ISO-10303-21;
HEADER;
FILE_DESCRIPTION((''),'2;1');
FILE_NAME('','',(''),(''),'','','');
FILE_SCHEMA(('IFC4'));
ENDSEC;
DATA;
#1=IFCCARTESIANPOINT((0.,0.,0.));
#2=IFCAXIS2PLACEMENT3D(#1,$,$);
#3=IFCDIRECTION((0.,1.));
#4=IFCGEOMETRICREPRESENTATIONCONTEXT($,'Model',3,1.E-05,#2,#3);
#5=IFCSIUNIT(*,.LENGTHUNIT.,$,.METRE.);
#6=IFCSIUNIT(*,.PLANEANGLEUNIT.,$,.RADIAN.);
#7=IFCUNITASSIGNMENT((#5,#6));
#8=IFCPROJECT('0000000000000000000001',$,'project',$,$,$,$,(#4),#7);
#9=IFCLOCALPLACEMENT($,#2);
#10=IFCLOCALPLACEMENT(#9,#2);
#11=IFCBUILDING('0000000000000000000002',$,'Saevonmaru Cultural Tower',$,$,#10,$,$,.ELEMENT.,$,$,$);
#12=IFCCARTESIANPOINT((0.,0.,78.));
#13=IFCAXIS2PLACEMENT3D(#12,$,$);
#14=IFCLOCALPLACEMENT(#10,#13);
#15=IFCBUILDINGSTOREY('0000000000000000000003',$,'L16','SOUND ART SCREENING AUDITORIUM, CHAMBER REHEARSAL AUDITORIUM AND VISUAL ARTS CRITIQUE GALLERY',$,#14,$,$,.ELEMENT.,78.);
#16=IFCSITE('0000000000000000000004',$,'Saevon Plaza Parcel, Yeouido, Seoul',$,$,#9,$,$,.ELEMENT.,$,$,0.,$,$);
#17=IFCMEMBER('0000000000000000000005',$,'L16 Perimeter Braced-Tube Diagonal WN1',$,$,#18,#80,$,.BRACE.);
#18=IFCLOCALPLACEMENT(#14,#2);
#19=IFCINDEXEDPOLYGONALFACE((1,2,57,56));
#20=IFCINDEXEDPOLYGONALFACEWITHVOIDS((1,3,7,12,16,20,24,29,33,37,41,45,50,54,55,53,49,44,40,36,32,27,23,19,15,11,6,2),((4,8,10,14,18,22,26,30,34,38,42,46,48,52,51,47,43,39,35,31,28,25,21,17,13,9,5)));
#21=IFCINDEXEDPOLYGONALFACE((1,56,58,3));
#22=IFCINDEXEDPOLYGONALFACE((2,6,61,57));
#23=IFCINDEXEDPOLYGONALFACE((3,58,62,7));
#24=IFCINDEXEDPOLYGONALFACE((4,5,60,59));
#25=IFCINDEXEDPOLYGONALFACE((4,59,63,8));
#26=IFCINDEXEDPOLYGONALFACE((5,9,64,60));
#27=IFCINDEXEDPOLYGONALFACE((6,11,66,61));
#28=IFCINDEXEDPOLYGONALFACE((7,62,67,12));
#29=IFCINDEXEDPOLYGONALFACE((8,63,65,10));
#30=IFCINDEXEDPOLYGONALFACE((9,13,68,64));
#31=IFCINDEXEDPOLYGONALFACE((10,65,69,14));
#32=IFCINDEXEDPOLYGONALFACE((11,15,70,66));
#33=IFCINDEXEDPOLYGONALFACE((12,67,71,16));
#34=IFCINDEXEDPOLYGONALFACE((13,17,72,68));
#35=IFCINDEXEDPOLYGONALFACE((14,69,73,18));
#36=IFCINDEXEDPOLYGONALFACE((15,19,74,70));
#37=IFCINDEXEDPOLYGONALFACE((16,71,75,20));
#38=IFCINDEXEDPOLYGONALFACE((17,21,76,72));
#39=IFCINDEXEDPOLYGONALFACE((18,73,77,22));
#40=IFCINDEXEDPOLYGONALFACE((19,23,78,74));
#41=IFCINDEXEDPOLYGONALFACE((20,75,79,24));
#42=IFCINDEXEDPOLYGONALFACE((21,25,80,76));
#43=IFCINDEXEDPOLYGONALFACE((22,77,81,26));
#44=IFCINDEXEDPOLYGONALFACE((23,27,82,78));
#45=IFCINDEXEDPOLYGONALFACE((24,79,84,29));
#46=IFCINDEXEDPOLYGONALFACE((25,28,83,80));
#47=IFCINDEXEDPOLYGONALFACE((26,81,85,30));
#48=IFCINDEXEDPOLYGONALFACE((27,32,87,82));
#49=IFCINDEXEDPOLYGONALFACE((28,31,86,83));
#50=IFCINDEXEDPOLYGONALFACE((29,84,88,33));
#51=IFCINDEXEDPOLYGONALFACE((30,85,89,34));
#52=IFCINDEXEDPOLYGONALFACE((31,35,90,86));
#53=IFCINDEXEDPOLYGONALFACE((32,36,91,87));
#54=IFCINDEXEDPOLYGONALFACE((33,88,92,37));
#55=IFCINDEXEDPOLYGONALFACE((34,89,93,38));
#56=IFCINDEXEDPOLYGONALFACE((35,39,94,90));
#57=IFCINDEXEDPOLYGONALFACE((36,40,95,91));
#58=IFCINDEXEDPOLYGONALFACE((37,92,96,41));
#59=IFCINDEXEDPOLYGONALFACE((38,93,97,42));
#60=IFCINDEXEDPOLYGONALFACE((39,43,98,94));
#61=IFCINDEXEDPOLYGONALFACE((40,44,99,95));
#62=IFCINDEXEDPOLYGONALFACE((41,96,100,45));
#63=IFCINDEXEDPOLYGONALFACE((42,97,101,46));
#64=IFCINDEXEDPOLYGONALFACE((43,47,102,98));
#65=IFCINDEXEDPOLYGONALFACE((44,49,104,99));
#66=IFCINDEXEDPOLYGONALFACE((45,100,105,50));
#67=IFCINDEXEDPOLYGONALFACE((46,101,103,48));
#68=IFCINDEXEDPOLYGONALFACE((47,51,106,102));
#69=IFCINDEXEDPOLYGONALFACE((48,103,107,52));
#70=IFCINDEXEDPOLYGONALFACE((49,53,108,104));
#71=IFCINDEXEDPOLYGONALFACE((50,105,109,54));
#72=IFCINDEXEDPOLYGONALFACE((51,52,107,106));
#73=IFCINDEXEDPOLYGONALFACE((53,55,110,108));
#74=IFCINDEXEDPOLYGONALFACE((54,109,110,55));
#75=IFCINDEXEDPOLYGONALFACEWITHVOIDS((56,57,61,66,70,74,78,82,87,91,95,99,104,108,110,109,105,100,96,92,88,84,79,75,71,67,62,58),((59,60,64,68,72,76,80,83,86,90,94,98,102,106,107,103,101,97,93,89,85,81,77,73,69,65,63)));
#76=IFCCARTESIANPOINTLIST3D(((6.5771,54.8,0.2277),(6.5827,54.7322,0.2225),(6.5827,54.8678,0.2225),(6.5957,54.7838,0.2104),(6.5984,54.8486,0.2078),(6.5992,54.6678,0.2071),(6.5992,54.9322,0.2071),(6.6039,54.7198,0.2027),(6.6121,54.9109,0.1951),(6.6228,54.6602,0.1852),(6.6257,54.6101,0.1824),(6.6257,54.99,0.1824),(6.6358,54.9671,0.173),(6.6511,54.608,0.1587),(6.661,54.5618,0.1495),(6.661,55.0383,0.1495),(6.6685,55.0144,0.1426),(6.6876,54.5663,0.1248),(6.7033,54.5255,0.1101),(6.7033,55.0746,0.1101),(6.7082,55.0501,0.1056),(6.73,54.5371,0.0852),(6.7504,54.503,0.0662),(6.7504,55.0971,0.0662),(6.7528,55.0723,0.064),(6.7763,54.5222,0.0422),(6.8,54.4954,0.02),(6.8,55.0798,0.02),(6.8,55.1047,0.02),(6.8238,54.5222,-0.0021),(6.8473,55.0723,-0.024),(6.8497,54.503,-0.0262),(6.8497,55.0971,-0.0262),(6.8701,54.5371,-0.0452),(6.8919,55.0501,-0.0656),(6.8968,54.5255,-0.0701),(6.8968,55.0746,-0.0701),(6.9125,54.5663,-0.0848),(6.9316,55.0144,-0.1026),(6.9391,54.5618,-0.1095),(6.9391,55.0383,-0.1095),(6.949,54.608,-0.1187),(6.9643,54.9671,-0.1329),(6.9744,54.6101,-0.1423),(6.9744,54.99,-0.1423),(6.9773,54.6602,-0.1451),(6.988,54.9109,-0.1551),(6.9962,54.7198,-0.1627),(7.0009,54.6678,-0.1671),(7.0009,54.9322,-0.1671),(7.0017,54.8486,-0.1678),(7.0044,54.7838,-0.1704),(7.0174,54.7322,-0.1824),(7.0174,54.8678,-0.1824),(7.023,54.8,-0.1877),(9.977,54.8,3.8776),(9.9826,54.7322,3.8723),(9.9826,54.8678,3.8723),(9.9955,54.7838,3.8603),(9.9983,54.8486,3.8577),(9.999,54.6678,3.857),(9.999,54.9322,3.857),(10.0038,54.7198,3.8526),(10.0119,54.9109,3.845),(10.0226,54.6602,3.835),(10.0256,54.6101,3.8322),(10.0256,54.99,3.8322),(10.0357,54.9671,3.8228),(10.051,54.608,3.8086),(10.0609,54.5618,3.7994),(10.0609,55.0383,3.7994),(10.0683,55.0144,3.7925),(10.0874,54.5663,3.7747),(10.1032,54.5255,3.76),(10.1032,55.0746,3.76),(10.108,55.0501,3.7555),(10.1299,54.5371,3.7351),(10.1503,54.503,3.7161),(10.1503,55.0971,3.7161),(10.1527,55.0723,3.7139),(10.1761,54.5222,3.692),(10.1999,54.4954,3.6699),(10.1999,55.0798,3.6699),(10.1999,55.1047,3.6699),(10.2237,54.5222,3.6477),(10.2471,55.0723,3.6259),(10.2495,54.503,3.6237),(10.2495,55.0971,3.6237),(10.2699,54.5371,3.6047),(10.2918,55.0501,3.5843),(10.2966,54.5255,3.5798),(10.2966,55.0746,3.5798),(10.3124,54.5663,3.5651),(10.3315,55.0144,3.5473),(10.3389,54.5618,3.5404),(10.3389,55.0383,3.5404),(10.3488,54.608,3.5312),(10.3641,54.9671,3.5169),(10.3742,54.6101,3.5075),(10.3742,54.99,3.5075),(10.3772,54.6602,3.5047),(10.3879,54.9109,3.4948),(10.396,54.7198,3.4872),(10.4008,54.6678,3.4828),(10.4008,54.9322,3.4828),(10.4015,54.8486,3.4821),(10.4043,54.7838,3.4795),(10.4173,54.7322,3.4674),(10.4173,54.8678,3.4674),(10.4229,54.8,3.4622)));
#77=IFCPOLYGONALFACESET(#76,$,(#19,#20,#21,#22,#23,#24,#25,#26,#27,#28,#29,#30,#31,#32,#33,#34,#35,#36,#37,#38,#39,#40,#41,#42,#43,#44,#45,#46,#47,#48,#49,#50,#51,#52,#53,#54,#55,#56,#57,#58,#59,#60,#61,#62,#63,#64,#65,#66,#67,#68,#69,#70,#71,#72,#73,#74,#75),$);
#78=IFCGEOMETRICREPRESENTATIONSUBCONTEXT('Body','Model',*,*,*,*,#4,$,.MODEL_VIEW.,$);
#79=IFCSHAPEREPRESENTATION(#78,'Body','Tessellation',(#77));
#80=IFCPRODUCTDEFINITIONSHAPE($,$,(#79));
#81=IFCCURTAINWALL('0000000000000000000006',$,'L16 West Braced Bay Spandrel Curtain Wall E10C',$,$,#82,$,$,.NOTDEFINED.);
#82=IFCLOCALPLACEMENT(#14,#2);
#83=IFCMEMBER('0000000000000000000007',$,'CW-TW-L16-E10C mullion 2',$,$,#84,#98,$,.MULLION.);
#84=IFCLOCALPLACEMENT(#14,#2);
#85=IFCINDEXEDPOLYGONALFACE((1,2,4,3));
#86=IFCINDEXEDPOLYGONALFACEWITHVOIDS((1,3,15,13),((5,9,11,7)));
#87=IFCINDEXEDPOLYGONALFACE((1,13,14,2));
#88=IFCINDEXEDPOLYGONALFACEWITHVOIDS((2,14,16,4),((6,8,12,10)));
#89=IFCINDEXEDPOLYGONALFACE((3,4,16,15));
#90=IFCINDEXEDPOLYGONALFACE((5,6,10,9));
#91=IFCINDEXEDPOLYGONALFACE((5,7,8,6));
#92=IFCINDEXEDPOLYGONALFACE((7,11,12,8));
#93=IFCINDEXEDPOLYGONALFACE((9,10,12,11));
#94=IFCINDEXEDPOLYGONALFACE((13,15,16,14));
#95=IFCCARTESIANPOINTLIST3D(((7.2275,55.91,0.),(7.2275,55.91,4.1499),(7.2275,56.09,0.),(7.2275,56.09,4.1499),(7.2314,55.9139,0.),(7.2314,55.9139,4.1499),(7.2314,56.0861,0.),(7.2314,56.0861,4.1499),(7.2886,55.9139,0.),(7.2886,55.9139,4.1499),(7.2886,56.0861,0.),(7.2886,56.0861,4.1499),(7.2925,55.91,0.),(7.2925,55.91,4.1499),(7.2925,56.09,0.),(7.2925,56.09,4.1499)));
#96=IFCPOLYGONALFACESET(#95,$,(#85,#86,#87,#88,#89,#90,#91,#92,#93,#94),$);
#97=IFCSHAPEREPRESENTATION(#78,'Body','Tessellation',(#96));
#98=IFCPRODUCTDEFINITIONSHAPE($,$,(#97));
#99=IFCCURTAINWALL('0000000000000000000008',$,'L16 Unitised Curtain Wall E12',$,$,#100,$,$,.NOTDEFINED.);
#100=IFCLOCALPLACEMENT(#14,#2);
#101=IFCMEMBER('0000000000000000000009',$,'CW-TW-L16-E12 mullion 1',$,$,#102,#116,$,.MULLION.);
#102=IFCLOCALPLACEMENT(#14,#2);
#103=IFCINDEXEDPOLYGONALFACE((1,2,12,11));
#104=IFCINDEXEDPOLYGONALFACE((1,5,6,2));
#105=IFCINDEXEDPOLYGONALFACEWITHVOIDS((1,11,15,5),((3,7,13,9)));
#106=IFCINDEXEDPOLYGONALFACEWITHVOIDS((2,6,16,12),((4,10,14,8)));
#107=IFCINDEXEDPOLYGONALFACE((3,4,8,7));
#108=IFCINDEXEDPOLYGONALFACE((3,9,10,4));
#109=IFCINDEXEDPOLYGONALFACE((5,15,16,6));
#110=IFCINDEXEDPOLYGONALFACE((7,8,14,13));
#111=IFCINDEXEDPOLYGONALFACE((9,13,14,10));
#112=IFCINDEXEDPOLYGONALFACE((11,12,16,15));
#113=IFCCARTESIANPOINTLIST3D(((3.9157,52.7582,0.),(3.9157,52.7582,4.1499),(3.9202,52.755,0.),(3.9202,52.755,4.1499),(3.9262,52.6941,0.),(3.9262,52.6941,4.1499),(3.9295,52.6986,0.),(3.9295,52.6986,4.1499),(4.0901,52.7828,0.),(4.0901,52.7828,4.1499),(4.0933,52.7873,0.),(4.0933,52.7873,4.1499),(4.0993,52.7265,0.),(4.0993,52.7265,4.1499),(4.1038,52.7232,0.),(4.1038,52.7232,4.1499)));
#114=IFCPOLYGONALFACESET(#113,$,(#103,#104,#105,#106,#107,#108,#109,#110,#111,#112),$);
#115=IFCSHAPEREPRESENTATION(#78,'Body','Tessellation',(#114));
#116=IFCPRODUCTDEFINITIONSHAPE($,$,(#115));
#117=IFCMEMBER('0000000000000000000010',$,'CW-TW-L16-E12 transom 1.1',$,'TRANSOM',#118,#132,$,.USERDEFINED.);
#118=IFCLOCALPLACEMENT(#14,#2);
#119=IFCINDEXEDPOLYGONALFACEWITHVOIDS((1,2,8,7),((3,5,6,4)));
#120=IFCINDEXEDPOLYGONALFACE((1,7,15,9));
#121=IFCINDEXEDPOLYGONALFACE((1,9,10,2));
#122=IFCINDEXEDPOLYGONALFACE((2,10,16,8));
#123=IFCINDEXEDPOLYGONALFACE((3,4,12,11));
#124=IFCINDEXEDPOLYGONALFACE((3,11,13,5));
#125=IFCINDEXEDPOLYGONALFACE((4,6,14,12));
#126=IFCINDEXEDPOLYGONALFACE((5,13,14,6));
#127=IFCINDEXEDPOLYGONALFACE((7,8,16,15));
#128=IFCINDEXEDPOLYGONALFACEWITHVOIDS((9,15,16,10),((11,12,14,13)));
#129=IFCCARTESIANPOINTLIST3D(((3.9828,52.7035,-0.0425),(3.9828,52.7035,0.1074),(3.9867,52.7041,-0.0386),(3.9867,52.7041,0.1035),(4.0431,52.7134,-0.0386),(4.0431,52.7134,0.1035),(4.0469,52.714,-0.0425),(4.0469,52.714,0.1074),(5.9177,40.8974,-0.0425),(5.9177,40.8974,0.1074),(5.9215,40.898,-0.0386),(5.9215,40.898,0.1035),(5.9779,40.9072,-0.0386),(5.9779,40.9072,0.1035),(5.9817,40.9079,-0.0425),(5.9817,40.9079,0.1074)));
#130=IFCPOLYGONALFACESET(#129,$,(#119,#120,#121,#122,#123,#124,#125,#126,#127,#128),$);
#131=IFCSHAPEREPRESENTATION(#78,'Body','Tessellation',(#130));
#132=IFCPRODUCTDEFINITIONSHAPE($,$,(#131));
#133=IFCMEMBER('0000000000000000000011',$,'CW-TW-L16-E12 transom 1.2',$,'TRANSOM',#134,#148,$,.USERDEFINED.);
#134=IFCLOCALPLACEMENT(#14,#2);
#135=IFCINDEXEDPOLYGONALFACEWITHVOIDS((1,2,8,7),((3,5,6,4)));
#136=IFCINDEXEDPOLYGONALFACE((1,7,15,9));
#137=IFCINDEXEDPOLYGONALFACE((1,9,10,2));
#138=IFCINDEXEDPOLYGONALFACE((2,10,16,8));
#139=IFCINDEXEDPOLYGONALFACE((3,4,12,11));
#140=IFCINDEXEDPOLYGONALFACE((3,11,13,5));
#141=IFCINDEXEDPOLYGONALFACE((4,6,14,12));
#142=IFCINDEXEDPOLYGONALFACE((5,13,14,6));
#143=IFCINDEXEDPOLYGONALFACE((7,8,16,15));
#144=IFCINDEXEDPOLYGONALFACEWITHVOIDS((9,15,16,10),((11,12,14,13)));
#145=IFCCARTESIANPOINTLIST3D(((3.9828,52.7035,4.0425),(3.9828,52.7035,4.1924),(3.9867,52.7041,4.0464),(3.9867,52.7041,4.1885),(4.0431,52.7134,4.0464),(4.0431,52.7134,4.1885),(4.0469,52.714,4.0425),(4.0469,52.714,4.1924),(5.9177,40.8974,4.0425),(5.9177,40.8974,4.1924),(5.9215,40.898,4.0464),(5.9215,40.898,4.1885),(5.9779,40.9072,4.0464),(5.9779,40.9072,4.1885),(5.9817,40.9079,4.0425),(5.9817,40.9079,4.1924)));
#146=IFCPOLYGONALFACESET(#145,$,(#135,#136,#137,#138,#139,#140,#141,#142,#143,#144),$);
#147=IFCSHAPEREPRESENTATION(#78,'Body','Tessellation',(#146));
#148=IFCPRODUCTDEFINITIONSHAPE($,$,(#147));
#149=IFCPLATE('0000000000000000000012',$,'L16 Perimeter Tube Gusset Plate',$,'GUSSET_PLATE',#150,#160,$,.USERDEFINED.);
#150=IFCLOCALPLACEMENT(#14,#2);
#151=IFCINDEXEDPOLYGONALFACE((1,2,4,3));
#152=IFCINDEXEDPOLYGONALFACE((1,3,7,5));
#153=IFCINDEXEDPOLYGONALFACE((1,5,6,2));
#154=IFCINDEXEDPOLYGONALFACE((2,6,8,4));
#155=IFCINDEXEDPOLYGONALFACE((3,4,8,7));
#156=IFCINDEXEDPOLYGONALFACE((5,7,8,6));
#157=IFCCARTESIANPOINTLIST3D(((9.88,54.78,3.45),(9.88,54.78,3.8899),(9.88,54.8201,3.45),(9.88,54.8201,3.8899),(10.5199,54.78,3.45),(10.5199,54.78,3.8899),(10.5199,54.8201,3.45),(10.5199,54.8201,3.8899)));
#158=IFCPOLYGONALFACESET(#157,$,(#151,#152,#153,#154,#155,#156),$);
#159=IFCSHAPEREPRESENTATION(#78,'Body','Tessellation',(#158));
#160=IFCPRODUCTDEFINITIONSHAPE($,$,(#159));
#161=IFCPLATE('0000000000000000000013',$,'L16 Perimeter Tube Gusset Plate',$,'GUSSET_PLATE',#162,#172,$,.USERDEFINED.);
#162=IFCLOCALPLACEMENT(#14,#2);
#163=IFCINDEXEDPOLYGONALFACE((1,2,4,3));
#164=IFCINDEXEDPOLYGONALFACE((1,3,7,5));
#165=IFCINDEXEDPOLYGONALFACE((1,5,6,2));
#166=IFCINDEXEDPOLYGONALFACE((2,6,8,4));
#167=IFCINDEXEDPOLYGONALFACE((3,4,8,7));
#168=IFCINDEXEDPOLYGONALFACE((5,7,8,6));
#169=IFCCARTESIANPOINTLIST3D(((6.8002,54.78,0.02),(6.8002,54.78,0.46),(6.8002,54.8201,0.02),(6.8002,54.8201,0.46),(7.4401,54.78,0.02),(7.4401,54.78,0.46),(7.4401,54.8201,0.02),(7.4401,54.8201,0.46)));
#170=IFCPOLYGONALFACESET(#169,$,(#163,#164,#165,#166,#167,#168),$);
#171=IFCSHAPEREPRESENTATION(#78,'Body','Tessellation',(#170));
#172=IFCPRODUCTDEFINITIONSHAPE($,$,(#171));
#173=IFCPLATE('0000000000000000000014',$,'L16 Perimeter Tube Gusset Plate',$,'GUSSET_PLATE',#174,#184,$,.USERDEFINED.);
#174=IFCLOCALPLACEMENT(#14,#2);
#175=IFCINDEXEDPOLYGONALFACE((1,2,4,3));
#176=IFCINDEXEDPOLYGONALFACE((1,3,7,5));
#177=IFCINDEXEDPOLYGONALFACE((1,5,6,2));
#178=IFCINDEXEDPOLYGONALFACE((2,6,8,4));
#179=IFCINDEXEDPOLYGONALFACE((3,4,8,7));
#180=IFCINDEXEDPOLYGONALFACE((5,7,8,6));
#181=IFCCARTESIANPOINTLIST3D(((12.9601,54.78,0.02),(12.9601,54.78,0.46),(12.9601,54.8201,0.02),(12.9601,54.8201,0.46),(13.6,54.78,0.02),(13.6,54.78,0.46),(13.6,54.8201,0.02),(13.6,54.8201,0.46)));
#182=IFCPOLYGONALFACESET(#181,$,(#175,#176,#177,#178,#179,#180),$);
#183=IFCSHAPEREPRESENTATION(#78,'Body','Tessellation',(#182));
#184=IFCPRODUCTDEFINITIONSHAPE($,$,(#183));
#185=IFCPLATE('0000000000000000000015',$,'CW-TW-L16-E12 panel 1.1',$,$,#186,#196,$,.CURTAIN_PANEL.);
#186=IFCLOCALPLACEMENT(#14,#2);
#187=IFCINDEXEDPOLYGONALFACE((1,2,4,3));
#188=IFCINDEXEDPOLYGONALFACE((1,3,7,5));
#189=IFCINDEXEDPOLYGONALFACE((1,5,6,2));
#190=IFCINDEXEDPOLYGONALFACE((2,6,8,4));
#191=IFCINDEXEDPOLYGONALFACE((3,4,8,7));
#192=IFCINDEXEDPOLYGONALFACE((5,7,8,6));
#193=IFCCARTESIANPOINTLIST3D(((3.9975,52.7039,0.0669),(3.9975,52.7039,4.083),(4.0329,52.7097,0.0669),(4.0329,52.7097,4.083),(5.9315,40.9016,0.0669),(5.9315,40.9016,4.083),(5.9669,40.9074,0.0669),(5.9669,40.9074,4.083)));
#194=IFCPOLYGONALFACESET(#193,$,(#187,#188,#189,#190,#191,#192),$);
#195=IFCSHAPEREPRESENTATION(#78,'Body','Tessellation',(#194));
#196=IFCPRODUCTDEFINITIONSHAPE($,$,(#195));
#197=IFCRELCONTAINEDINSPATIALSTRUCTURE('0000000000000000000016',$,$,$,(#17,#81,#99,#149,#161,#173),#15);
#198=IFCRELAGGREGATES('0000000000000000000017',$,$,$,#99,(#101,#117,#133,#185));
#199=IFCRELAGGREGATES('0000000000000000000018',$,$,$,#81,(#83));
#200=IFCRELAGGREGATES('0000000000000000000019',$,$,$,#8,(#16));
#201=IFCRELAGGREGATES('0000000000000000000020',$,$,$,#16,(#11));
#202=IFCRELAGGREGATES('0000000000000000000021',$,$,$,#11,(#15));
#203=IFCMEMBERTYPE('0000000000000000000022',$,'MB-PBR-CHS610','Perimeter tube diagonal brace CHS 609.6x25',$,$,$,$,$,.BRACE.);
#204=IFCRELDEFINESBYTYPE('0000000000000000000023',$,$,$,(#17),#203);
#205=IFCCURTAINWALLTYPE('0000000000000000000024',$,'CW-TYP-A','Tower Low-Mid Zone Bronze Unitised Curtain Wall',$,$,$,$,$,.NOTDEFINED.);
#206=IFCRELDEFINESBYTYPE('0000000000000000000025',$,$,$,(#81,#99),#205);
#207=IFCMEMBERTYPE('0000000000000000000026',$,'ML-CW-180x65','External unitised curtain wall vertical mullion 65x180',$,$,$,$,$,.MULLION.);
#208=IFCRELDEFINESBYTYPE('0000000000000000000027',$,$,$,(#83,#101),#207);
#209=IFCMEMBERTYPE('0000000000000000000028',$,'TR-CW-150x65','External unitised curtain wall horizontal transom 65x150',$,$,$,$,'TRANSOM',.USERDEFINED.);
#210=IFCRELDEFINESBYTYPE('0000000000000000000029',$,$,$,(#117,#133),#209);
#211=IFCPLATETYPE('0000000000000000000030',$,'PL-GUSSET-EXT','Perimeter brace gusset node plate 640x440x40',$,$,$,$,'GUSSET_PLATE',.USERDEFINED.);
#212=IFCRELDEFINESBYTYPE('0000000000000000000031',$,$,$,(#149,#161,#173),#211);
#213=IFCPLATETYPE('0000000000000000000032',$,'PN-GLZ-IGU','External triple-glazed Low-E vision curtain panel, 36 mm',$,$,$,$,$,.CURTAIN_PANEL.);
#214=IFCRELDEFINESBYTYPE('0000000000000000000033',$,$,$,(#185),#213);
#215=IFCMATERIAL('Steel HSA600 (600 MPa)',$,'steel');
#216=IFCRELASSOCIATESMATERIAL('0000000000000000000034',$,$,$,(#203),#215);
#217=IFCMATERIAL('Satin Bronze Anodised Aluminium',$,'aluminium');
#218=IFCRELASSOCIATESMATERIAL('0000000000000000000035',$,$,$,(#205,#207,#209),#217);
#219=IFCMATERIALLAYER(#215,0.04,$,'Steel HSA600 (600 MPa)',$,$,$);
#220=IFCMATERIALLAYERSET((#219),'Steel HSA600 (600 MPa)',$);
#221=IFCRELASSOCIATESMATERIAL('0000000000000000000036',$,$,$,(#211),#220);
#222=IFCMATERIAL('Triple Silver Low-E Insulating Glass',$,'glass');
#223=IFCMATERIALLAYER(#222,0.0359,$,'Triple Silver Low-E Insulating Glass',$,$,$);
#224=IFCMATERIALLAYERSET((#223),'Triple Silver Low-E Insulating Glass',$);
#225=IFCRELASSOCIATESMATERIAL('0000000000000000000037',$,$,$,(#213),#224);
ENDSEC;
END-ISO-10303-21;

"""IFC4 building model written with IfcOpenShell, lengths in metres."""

from ifc_helpers import new_model, si_unit, direction, frame, origin, origin_2d, place, context, subcontext, project, spatial, rectangle, hollow_rectangle, hollow_circle, extrude, material, layer, layer_set, material_profile, profile_set, type_object, element, aggregate, save


model = new_model("IFC4")

# Units and contexts
model_context = context("Model", 3, precision=1e-05, world=origin(), true_north=direction((0.0, 1.0)))
body_context = subcontext(model_context, "Body", "Model", "MODEL_VIEW")
ifc_project = project(units=[si_unit("LENGTHUNIT", "METRE"), si_unit("PLANEANGLEUNIT", "RADIAN")], contexts=[model_context])

# Site, building, storey
site_placement = place(None, origin())
site = spatial("IfcSite", under=ifc_project, at=site_placement, Name="Saevon Plaza Parcel, Yeouido, Seoul", CompositionType="ELEMENT", RefElevation=0.0)
building_placement = place(site_placement, origin())
building = spatial("IfcBuilding", under=site, at=building_placement, Name="Saevonmaru Cultural Tower", CompositionType="ELEMENT")
storey_placement = place(building_placement, frame((0.0, 0.0, 78.0)))
storey = spatial("IfcBuildingStorey", under=building, at=storey_placement, Name="L16", Description="SOUND ART SCREENING AUDITORIUM, CHAMBER REHEARSAL AUDITORIUM AND VISUAL ARTS CRITIQUE GALLERY", CompositionType="ELEMENT", Elevation=78.0)

# Shared definitions
ifc_material_1 = material(Name="Steel HSA600 (600 MPa)", Category="steel")

# Member
ifc_material_profile_1 = material_profile(ifc_material_1, hollow_circle(Radius=0.3047, WallThickness=0.0249, at=origin_2d()), Name="CHS-609.6x25")
ifc_profile_set_1 = profile_set([ifc_material_profile_1], Name="Steel HSA600 (600 MPa)")
member_type_1 = type_object("IfcMemberType", Name="MB-PBR-CHS610", Description="Perimeter tube diagonal brace CHS 609.6x25", PredefinedType="BRACE", material=ifc_profile_set_1)
member_1_placement = place(storey_placement, frame((6.8, 54.8, 0.02), z_axis=(0.681603, 0.0, 0.731722), x_axis=(0.0, 1.0, 0.0)))
element("IfcMember", 1, at=member_1_placement, inside=storey, type_object=member_type_1, Name="L16 Perimeter Braced-Tube Diagonal WN1", PredefinedType="BRACE", context=body_context, shape_type="SweptSolid", body=[
    extrude(hollow_circle(Radius=0.3047, WallThickness=0.0249, at=origin_2d()), origin(), (0.0, 0.0, 1.0), 4.988),
])

# Curtain wall, member
ifc_material_2 = material(Name="Satin Bronze Anodised Aluminium", Category="aluminium")
curtain_wall_type = type_object("IfcCurtainWallType", Name="CW-TYP-A", Description="Tower Low-Mid Zone Bronze Unitised Curtain Wall", PredefinedType="NOTDEFINED", material=ifc_material_2)
curtain_wall_1_placement = place(storey_placement, origin())
curtain_wall_1 = element("IfcCurtainWall", 2, at=curtain_wall_1_placement, inside=storey, type_object=curtain_wall_type, Name="L16 West Braced Bay Spandrel Curtain Wall E10C", PredefinedType="NOTDEFINED")
ifc_material_profile_2 = material_profile(ifc_material_2, hollow_rectangle(XDim=0.0649, YDim=0.1799, WallThickness=0.0039, at=origin_2d()), Name="ALU-MULL-180x65x4")
ifc_profile_set_2 = profile_set([ifc_material_profile_2], Name="Satin Bronze Anodised Aluminium")
member_type_2 = type_object("IfcMemberType", Name="ML-CW-180x65", Description="External unitised curtain wall vertical mullion 65x180", PredefinedType="MULLION", material=ifc_profile_set_2)
member_2_placement = place(storey_placement, frame((7.26, 56.0, 0.0), z_axis=(0.0, 0.0, 1.0), x_axis=(-1.0, 0.0, 0.0)))
member_2 = element("IfcMember", 3, at=member_2_placement, type_object=member_type_2, Name="CW-TW-L16-E10C mullion 2", PredefinedType="MULLION", context=body_context, shape_type="SweptSolid", body=[
    extrude(hollow_rectangle(XDim=0.0649, YDim=0.1799, WallThickness=0.0039, at=origin_2d()), origin(), (0.0, 0.0, 1.0), 4.1499),
])

# Curtain wall, members
curtain_wall_2_placement = place(storey_placement, origin())
curtain_wall_2 = element("IfcCurtainWall", 4, at=curtain_wall_2_placement, inside=storey, type_object=curtain_wall_type, Name="L16 Unitised Curtain Wall E12", PredefinedType="NOTDEFINED")
member_3_placement = place(storey_placement, frame((4.0098, 52.7407, 0.0), z_axis=(0.0, 0.0, 1.0), x_axis=(0.161709, -0.986839, 0.0)))
member_3 = element("IfcMember", 5, at=member_3_placement, type_object=member_type_2, Name="CW-TW-L16-E12 mullion 1", PredefinedType="MULLION", context=body_context, shape_type="SweptSolid", body=[
    extrude(hollow_rectangle(XDim=0.0649, YDim=0.1799, WallThickness=0.0039, at=origin_2d()), origin(), (0.0, 0.0, 1.0), 4.1499),
])
ifc_material_profile_3 = material_profile(ifc_material_2, hollow_rectangle(XDim=0.0649, YDim=0.1499, WallThickness=0.0039, at=origin_2d()), Name="ALU-TRAN-150x65x4")
ifc_profile_set_3 = profile_set([ifc_material_profile_3], Name="Satin Bronze Anodised Aluminium")
member_type_3 = type_object("IfcMemberType", Name="TR-CW-150x65", Description="External unitised curtain wall horizontal transom 65x150", ElementType="TRANSOM", PredefinedType="USERDEFINED", material=ifc_profile_set_3)
member_4_placement = place(storey_placement, frame((4.0149, 52.7087, 0.0325), z_axis=(0.161725, -0.986836, 0.0), x_axis=(0.986836, 0.161725, 0.0)))
member_4 = element("IfcMember", 6, at=member_4_placement, type_object=member_type_3, Name="CW-TW-L16-E12 transom 1.1", ObjectType="TRANSOM", PredefinedType="USERDEFINED", context=body_context, shape_type="SweptSolid", body=[
    extrude(hollow_rectangle(XDim=0.0649, YDim=0.1499, WallThickness=0.0039, at=origin_2d()), origin(), (0.0, 0.0, 1.0), 11.9636),
])
member_5_placement = place(storey_placement, frame((4.0149, 52.7087, 4.1174), z_axis=(0.161725, -0.986836, 0.0), x_axis=(0.986836, 0.161725, 0.0)))
member_5 = element("IfcMember", 7, at=member_5_placement, type_object=member_type_3, Name="CW-TW-L16-E12 transom 1.2", ObjectType="TRANSOM", PredefinedType="USERDEFINED", context=body_context, shape_type="SweptSolid", body=[
    extrude(hollow_rectangle(XDim=0.0649, YDim=0.1499, WallThickness=0.0039, at=origin_2d()), origin(), (0.0, 0.0, 1.0), 11.9636),
])

# Plates
ifc_layer_1 = layer(ifc_material_1, 0.04, Name="Steel HSA600 (600 MPa)")
ifc_layer_set_1 = layer_set([ifc_layer_1], Name="Steel HSA600 (600 MPa)")
plate_type_1 = type_object("IfcPlateType", Name="PL-GUSSET-EXT", Description="Perimeter brace gusset node plate 640x440x40", ElementType="GUSSET_PLATE", PredefinedType="USERDEFINED", material=ifc_layer_set_1)
for number, where, z_axis, x_axis, name in (
    (8, (10.2, 54.8, 3.45), (0.0, 0.0, 1.0), (1.0, 0.0, 0.0), "L16 Perimeter Tube Gusset Plate"),
    (9, (7.1201, 54.8, 0.02), (0.0, 0.0, 1.0), (1.0, 0.0, 0.0), "L16 Perimeter Tube Gusset Plate"),
    (10, (13.28, 54.8, 0.02), (0.0, 0.0, 1.0), (1.0, 0.0, 0.0), "L16 Perimeter Tube Gusset Plate"),
):
    element("IfcPlate", number, at=place(storey_placement, frame(where, z_axis=z_axis, x_axis=x_axis)), inside=storey, type_object=plate_type_1, Name=name, ObjectType="GUSSET_PLATE", PredefinedType="USERDEFINED", context=body_context, shape_type="SweptSolid", body=[
        extrude(rectangle(XDim=0.6399, YDim=0.04, at=origin_2d()), origin(), (0.0, 0.0, 1.0), 0.4399),
    ])

# Plate
ifc_material_3 = material(Name="Triple Silver Low-E Insulating Glass", Category="glass")
ifc_layer_2 = layer(ifc_material_3, 0.0359, Name="Triple Silver Low-E Insulating Glass")
ifc_layer_set_2 = layer_set([ifc_layer_2], Name="Triple Silver Low-E Insulating Glass")
plate_type_2 = type_object("IfcPlateType", Name="PN-GLZ-IGU", Description="External triple-glazed Low-E vision curtain panel, 36 mm", PredefinedType="CURTAIN_PANEL", material=ifc_layer_set_2)
plate_1_placement = place(storey_placement, frame((4.9822, 46.8057, 0.0669), z_axis=(0.0, 0.0, 1.0), x_axis=(0.161709, -0.986839, 0.0)))
plate_1 = element("IfcPlate", 11, at=plate_1_placement, type_object=plate_type_2, Name="CW-TW-L16-E12 panel 1.1", PredefinedType="CURTAIN_PANEL", context=body_context, shape_type="SweptSolid", body=[
    extrude(rectangle(XDim=11.9597, YDim=0.0359, at=origin_2d()), origin(), (0.0, 0.0, 1.0), 4.0161),
])
aggregate(curtain_wall_2, [member_3, member_4, member_5, plate_1])
aggregate(curtain_wall_1, [member_2])

save(model, "model.ifc")
